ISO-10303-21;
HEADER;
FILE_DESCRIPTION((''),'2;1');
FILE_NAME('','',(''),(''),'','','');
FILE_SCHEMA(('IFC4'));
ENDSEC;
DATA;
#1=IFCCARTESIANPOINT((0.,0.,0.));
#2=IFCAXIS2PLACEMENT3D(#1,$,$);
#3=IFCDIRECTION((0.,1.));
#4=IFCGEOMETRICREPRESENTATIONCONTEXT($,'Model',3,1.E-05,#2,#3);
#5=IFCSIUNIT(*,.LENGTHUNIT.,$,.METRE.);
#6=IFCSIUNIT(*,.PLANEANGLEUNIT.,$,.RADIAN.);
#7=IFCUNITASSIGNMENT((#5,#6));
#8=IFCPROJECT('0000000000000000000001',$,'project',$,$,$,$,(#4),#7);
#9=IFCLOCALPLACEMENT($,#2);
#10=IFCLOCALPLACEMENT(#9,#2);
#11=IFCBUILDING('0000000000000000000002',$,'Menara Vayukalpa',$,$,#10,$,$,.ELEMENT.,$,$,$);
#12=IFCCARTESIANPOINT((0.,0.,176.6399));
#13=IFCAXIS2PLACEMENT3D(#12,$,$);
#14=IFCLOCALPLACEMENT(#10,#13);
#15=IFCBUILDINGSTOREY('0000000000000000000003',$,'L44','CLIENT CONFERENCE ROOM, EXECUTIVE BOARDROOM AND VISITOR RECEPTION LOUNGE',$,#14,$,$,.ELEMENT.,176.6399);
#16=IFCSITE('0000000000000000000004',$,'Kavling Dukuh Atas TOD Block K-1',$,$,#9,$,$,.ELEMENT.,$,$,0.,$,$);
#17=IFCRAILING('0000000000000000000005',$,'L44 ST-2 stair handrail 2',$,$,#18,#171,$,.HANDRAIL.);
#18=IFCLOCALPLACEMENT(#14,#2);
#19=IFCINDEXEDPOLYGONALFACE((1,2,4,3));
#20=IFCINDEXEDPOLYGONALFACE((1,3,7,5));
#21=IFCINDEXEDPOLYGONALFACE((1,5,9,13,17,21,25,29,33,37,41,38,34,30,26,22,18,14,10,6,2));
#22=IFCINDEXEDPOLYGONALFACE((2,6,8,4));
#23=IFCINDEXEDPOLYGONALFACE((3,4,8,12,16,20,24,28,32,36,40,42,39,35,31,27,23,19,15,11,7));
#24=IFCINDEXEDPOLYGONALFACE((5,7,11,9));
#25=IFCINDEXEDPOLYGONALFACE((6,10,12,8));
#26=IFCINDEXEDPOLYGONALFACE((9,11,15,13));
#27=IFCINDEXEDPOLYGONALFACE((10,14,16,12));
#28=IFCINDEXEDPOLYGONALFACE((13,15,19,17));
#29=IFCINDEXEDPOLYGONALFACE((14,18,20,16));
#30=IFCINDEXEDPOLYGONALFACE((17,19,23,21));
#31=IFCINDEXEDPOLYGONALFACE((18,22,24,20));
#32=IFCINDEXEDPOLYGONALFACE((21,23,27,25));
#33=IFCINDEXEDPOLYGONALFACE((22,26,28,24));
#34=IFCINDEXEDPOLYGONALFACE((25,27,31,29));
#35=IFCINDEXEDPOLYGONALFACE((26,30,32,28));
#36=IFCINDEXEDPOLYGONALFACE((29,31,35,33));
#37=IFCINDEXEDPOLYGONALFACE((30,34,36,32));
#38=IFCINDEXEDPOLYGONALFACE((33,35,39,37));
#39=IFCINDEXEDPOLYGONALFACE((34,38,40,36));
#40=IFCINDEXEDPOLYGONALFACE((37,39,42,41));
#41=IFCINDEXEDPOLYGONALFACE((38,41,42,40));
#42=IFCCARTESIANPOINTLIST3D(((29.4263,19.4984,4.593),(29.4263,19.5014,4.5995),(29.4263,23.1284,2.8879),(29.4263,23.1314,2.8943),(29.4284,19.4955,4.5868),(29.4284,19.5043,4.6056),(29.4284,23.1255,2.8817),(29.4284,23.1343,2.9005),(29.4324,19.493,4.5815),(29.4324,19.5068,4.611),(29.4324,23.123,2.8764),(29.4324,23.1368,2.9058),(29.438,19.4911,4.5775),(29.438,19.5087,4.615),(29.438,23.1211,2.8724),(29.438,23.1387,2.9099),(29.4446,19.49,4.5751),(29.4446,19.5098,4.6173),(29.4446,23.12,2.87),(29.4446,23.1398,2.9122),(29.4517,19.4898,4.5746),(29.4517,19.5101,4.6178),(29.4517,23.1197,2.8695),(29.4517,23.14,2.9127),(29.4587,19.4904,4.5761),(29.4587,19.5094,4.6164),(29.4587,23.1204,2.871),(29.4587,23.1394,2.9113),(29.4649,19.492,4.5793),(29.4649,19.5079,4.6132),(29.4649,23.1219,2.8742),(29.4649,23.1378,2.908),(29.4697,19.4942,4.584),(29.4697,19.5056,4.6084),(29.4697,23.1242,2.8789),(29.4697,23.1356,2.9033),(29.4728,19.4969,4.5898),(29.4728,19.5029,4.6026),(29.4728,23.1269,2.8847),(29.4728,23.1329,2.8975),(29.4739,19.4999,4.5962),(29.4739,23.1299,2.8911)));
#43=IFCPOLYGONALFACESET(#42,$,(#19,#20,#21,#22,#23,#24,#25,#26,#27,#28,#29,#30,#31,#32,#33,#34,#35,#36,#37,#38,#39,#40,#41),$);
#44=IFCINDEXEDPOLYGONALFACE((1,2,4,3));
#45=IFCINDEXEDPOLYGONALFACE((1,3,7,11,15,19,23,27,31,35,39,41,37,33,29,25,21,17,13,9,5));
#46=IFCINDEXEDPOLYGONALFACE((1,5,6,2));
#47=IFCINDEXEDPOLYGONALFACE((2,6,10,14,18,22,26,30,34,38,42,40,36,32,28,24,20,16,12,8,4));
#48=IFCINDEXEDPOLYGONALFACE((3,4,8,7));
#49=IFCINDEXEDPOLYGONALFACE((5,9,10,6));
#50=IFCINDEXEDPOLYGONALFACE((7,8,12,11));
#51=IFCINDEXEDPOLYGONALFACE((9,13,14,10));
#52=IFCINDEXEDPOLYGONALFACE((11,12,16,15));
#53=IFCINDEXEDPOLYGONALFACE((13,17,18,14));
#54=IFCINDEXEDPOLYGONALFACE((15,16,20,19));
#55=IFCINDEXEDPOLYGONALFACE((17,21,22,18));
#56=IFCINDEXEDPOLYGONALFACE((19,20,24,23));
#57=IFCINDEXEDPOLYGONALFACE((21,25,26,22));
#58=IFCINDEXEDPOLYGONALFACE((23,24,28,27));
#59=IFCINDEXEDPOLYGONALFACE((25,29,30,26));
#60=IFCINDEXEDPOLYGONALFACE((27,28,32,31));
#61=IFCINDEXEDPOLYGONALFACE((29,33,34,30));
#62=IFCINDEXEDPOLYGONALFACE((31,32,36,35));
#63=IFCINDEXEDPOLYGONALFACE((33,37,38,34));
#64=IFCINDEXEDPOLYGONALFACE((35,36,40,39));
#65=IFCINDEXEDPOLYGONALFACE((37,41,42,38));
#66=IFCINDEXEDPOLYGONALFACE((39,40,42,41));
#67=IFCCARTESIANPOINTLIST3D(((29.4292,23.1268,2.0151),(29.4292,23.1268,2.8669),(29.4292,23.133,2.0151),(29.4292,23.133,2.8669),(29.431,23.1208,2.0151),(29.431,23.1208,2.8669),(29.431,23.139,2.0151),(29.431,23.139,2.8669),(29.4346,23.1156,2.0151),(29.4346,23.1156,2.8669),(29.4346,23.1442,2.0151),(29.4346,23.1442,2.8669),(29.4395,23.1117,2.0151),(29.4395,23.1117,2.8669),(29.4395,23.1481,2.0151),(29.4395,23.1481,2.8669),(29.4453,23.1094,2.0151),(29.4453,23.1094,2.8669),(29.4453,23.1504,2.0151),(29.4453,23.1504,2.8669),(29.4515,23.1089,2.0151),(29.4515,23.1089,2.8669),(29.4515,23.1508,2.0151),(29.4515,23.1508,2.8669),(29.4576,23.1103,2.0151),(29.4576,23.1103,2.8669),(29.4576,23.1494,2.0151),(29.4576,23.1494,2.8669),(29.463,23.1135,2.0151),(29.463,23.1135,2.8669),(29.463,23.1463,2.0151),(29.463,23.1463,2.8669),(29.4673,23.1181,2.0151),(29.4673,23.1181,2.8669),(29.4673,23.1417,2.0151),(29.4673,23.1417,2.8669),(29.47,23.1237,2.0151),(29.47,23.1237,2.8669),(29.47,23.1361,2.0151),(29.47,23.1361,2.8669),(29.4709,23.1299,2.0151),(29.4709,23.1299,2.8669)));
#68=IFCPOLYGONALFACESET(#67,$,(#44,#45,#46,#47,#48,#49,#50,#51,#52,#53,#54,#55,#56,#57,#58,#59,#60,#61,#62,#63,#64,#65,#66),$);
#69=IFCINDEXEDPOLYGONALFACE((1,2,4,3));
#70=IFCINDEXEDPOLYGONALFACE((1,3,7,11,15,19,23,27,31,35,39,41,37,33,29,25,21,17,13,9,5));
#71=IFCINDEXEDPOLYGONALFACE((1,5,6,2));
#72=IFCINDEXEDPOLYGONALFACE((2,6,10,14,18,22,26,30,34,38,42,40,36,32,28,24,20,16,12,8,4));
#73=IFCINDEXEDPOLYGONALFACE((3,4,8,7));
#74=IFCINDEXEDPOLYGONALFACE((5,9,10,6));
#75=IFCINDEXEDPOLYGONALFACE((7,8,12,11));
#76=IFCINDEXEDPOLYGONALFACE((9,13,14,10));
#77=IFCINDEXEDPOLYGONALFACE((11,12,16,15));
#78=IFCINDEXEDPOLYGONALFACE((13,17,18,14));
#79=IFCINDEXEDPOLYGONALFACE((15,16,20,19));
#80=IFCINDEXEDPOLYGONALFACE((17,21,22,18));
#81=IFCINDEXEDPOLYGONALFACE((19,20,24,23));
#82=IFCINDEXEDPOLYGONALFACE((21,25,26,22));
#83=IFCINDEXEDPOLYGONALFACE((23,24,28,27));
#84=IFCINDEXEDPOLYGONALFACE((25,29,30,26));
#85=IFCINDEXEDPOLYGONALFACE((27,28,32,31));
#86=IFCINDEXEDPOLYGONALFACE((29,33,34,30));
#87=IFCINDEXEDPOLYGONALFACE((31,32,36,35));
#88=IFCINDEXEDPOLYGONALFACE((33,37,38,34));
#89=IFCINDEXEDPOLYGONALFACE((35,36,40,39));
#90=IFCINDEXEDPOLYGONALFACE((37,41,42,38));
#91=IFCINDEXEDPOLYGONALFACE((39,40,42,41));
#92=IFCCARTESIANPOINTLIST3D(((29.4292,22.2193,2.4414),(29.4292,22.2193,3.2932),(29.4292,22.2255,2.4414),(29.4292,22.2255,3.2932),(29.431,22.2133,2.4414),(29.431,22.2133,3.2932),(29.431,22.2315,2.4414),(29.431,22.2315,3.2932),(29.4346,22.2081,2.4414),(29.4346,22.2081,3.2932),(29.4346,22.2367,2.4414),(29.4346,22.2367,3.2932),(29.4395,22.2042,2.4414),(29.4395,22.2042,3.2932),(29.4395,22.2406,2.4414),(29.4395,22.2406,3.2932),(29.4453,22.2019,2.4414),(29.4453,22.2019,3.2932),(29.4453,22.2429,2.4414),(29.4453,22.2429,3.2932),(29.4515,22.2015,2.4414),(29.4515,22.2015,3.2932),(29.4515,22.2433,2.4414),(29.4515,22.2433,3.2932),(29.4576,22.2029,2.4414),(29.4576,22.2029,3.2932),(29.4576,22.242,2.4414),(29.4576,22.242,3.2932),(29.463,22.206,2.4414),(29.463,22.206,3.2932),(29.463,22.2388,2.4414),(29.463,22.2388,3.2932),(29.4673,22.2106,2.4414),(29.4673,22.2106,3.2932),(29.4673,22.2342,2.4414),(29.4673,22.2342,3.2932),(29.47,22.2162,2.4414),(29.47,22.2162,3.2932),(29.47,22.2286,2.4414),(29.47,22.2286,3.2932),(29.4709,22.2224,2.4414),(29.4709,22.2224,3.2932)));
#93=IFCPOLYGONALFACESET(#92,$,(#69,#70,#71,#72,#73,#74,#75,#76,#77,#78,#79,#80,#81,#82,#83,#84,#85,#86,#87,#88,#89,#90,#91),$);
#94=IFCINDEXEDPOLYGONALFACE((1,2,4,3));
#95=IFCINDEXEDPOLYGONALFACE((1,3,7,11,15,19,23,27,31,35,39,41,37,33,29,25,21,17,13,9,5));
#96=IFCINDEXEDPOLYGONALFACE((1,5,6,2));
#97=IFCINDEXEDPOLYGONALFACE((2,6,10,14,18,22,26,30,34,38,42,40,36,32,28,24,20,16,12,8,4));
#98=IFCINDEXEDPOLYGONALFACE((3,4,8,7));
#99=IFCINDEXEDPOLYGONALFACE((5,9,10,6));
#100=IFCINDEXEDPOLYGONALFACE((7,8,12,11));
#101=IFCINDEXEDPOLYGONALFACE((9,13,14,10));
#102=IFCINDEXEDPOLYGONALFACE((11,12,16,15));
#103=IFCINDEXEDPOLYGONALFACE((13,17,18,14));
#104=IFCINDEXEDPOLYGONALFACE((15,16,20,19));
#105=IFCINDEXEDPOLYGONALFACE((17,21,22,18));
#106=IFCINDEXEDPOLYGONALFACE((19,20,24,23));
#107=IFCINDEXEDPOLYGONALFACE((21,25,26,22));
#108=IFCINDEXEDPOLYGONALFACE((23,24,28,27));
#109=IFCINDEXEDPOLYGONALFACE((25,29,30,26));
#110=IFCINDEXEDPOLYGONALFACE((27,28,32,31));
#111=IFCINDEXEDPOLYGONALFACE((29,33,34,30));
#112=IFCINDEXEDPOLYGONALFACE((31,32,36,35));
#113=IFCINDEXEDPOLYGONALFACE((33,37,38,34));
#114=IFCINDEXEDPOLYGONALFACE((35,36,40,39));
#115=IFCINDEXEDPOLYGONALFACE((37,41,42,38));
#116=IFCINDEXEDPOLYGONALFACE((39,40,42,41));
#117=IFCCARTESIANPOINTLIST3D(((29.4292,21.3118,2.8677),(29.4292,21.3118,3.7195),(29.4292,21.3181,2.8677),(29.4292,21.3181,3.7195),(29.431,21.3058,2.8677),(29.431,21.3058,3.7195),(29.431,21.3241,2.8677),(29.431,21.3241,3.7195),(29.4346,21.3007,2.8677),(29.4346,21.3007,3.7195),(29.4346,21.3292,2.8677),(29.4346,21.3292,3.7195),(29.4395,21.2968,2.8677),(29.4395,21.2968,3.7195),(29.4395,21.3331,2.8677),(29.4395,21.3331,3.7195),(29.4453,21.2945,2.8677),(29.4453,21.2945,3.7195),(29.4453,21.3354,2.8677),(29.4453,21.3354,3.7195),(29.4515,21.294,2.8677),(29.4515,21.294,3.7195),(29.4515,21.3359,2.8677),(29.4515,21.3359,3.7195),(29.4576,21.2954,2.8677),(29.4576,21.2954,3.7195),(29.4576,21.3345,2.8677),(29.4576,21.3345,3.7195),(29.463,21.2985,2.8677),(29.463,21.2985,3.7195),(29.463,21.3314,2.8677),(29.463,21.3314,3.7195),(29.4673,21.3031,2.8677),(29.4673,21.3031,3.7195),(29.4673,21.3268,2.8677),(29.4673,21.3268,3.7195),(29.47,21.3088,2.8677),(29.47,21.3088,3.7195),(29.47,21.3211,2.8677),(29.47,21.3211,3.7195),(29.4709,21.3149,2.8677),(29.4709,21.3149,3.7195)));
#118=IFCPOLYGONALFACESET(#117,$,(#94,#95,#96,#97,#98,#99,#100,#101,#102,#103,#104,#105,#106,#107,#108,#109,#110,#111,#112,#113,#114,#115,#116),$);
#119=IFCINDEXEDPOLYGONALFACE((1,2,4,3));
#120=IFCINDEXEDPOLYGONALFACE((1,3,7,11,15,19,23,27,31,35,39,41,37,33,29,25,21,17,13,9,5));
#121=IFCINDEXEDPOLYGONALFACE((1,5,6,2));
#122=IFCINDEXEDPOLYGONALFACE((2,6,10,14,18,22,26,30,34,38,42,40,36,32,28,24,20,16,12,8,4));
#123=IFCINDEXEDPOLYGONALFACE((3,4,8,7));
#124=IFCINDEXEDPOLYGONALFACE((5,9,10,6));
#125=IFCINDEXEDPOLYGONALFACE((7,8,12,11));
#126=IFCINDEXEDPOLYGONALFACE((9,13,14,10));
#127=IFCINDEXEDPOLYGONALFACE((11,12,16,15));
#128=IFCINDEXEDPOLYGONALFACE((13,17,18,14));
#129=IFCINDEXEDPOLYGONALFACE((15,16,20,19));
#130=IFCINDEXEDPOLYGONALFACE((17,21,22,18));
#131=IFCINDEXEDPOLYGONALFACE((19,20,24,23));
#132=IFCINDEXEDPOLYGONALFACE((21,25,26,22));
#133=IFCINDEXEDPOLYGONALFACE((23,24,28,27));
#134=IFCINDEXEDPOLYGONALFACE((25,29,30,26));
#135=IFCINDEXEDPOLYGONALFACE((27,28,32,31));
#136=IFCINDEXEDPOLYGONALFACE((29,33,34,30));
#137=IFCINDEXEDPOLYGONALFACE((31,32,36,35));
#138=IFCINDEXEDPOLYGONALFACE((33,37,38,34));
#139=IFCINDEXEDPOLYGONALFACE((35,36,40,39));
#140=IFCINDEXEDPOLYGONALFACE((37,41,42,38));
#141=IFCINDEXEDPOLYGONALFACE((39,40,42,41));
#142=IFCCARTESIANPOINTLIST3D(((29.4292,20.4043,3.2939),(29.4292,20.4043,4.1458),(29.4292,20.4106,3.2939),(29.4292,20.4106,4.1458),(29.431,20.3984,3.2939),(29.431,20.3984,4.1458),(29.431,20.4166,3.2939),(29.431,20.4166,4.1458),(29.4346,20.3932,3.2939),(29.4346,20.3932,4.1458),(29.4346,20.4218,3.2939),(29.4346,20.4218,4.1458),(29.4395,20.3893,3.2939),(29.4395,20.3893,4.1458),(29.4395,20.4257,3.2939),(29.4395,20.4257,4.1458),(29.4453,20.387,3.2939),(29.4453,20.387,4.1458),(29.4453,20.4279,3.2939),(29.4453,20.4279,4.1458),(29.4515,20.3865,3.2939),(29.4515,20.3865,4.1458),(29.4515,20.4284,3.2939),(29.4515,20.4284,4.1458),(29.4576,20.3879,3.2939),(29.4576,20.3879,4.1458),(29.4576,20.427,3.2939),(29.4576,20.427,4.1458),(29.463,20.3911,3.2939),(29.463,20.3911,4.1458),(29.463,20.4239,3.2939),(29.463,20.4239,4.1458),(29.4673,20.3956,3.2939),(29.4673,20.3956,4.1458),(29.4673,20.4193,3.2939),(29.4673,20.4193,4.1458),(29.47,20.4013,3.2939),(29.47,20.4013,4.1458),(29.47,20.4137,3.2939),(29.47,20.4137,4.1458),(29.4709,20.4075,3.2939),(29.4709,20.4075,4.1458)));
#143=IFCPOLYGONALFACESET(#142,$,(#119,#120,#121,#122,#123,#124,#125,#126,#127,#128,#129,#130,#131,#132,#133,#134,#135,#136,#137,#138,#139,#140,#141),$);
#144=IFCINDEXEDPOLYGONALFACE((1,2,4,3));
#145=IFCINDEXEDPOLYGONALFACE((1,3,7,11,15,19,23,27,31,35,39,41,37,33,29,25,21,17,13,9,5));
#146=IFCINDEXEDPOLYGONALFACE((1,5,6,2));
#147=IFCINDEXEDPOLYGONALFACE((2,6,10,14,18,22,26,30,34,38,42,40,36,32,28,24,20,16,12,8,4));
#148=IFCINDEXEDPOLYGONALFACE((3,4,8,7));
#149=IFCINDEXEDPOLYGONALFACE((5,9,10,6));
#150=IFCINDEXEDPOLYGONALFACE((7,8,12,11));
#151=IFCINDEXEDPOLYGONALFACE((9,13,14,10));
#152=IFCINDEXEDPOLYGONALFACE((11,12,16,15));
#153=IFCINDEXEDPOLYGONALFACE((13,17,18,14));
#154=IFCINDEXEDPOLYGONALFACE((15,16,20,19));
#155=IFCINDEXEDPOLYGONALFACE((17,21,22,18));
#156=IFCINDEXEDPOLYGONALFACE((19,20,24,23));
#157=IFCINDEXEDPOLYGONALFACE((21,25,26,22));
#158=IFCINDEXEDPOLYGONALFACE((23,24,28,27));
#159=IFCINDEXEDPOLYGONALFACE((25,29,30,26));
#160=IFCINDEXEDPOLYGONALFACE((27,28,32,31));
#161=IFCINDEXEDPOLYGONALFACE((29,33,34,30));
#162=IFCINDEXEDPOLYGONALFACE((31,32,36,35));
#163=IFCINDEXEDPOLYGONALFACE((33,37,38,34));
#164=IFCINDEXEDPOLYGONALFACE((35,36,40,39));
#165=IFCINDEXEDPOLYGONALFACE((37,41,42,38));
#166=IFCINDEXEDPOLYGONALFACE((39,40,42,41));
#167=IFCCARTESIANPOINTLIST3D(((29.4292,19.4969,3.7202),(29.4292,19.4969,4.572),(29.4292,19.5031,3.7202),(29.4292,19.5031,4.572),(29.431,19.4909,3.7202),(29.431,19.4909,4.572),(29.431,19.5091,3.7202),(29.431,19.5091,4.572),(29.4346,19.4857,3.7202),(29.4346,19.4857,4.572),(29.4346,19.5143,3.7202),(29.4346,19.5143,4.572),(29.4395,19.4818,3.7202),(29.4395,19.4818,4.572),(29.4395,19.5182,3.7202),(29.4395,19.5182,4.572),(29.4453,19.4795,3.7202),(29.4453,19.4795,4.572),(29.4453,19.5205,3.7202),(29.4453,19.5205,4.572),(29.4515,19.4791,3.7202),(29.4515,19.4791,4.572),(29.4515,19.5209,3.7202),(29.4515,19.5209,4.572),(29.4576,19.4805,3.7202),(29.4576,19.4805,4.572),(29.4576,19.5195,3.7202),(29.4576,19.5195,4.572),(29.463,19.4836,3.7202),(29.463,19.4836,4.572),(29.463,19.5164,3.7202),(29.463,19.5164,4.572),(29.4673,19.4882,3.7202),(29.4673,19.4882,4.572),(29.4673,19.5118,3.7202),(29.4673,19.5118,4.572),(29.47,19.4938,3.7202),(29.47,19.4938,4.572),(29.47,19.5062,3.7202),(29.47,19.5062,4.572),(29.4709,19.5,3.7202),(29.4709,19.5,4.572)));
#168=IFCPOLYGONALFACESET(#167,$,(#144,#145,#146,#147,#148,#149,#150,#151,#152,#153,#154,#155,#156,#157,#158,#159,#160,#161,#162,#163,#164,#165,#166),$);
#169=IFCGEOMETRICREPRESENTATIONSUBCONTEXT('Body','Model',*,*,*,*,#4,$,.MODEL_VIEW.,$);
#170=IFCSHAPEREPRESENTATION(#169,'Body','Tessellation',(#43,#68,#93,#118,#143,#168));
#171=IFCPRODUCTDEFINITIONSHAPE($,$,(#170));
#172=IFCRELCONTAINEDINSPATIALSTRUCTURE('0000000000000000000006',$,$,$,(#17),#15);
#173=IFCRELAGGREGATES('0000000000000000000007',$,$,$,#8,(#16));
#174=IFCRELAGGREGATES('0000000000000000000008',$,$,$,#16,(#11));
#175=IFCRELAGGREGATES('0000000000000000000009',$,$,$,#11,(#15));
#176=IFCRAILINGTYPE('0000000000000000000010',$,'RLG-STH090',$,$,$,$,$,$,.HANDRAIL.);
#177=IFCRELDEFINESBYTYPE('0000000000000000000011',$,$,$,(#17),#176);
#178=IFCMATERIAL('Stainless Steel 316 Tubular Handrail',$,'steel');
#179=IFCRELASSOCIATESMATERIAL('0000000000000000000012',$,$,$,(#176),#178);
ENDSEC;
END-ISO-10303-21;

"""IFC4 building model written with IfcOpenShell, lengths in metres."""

from ifc_helpers import new_model, si_unit, direction, frame, origin, origin_2d, place, context, subcontext, project, spatial, circle, extrude, material, type_object, element, save


model = new_model("IFC4")

# Units and contexts
model_context = context("Model", 3, precision=1e-05, world=origin(), true_north=direction((0.0, 1.0)))
body_context = subcontext(model_context, "Body", "Model", "MODEL_VIEW")
ifc_project = project(units=[si_unit("LENGTHUNIT", "METRE"), si_unit("PLANEANGLEUNIT", "RADIAN")], contexts=[model_context])

# Site, building, storey
site_placement = place(None, origin())
site = spatial("IfcSite", under=ifc_project, at=site_placement, Name="Kavling Dukuh Atas TOD Block K-1", CompositionType="ELEMENT", RefElevation=0.0)
building_placement = place(site_placement, origin())
building = spatial("IfcBuilding", under=site, at=building_placement, Name="Menara Vayukalpa", CompositionType="ELEMENT")
storey_placement = place(building_placement, frame((0.0, 0.0, 176.6399)))
storey = spatial("IfcBuildingStorey", under=building, at=storey_placement, Name="L44", Description="CLIENT CONFERENCE ROOM, EXECUTIVE BOARDROOM AND VISITOR RECEPTION LOUNGE", CompositionType="ELEMENT", Elevation=176.6399)

# Railing
ifc_material_1 = material(Name="Stainless Steel 316 Tubular Handrail", Category="steel")
railing_type_1 = type_object("IfcRailingType", Name="RLG-STH090", PredefinedType="HANDRAIL", material=ifc_material_1)
railing_1_placement = place(storey_placement, frame((29.45, 23.1299, 2.0151)))
element("IfcRailing", 1, at=railing_1_placement, inside=storey, type_object=railing_type_1, Name="L44 ST-2 stair handrail 2", PredefinedType="HANDRAIL", context=body_context, shape_type="SweptSolid", body=[
    extrude(circle(Radius=0.0239, at=origin_2d()), frame((0.0, 0.0, 0.876), z_axis=(0.0, -0.905116, 0.425164), x_axis=(1.0, 0.0, 0.0)), (0.0, 0.0, 1.0), 4.0105),
    extrude(circle(Radius=0.021, at=origin_2d()), origin(), (0.0, 0.0, 1.0), 0.8518),
    extrude(circle(Radius=0.021, at=origin_2d()), frame((0.0, -0.9075, 0.4263)), (0.0, 0.0, 1.0), 0.8518),
    extrude(circle(Radius=0.021, at=origin_2d()), frame((0.0, -1.8149, 0.8525)), (0.0, 0.0, 1.0), 0.8518),
    extrude(circle(Radius=0.021, at=origin_2d()), frame((0.0, -2.7224, 1.2788)), (0.0, 0.0, 1.0), 0.8518),
    extrude(circle(Radius=0.021, at=origin_2d()), frame((0.0, -3.6299, 1.7051)), (0.0, 0.0, 1.0), 0.8518),
])

save(model, "model.ifc")
